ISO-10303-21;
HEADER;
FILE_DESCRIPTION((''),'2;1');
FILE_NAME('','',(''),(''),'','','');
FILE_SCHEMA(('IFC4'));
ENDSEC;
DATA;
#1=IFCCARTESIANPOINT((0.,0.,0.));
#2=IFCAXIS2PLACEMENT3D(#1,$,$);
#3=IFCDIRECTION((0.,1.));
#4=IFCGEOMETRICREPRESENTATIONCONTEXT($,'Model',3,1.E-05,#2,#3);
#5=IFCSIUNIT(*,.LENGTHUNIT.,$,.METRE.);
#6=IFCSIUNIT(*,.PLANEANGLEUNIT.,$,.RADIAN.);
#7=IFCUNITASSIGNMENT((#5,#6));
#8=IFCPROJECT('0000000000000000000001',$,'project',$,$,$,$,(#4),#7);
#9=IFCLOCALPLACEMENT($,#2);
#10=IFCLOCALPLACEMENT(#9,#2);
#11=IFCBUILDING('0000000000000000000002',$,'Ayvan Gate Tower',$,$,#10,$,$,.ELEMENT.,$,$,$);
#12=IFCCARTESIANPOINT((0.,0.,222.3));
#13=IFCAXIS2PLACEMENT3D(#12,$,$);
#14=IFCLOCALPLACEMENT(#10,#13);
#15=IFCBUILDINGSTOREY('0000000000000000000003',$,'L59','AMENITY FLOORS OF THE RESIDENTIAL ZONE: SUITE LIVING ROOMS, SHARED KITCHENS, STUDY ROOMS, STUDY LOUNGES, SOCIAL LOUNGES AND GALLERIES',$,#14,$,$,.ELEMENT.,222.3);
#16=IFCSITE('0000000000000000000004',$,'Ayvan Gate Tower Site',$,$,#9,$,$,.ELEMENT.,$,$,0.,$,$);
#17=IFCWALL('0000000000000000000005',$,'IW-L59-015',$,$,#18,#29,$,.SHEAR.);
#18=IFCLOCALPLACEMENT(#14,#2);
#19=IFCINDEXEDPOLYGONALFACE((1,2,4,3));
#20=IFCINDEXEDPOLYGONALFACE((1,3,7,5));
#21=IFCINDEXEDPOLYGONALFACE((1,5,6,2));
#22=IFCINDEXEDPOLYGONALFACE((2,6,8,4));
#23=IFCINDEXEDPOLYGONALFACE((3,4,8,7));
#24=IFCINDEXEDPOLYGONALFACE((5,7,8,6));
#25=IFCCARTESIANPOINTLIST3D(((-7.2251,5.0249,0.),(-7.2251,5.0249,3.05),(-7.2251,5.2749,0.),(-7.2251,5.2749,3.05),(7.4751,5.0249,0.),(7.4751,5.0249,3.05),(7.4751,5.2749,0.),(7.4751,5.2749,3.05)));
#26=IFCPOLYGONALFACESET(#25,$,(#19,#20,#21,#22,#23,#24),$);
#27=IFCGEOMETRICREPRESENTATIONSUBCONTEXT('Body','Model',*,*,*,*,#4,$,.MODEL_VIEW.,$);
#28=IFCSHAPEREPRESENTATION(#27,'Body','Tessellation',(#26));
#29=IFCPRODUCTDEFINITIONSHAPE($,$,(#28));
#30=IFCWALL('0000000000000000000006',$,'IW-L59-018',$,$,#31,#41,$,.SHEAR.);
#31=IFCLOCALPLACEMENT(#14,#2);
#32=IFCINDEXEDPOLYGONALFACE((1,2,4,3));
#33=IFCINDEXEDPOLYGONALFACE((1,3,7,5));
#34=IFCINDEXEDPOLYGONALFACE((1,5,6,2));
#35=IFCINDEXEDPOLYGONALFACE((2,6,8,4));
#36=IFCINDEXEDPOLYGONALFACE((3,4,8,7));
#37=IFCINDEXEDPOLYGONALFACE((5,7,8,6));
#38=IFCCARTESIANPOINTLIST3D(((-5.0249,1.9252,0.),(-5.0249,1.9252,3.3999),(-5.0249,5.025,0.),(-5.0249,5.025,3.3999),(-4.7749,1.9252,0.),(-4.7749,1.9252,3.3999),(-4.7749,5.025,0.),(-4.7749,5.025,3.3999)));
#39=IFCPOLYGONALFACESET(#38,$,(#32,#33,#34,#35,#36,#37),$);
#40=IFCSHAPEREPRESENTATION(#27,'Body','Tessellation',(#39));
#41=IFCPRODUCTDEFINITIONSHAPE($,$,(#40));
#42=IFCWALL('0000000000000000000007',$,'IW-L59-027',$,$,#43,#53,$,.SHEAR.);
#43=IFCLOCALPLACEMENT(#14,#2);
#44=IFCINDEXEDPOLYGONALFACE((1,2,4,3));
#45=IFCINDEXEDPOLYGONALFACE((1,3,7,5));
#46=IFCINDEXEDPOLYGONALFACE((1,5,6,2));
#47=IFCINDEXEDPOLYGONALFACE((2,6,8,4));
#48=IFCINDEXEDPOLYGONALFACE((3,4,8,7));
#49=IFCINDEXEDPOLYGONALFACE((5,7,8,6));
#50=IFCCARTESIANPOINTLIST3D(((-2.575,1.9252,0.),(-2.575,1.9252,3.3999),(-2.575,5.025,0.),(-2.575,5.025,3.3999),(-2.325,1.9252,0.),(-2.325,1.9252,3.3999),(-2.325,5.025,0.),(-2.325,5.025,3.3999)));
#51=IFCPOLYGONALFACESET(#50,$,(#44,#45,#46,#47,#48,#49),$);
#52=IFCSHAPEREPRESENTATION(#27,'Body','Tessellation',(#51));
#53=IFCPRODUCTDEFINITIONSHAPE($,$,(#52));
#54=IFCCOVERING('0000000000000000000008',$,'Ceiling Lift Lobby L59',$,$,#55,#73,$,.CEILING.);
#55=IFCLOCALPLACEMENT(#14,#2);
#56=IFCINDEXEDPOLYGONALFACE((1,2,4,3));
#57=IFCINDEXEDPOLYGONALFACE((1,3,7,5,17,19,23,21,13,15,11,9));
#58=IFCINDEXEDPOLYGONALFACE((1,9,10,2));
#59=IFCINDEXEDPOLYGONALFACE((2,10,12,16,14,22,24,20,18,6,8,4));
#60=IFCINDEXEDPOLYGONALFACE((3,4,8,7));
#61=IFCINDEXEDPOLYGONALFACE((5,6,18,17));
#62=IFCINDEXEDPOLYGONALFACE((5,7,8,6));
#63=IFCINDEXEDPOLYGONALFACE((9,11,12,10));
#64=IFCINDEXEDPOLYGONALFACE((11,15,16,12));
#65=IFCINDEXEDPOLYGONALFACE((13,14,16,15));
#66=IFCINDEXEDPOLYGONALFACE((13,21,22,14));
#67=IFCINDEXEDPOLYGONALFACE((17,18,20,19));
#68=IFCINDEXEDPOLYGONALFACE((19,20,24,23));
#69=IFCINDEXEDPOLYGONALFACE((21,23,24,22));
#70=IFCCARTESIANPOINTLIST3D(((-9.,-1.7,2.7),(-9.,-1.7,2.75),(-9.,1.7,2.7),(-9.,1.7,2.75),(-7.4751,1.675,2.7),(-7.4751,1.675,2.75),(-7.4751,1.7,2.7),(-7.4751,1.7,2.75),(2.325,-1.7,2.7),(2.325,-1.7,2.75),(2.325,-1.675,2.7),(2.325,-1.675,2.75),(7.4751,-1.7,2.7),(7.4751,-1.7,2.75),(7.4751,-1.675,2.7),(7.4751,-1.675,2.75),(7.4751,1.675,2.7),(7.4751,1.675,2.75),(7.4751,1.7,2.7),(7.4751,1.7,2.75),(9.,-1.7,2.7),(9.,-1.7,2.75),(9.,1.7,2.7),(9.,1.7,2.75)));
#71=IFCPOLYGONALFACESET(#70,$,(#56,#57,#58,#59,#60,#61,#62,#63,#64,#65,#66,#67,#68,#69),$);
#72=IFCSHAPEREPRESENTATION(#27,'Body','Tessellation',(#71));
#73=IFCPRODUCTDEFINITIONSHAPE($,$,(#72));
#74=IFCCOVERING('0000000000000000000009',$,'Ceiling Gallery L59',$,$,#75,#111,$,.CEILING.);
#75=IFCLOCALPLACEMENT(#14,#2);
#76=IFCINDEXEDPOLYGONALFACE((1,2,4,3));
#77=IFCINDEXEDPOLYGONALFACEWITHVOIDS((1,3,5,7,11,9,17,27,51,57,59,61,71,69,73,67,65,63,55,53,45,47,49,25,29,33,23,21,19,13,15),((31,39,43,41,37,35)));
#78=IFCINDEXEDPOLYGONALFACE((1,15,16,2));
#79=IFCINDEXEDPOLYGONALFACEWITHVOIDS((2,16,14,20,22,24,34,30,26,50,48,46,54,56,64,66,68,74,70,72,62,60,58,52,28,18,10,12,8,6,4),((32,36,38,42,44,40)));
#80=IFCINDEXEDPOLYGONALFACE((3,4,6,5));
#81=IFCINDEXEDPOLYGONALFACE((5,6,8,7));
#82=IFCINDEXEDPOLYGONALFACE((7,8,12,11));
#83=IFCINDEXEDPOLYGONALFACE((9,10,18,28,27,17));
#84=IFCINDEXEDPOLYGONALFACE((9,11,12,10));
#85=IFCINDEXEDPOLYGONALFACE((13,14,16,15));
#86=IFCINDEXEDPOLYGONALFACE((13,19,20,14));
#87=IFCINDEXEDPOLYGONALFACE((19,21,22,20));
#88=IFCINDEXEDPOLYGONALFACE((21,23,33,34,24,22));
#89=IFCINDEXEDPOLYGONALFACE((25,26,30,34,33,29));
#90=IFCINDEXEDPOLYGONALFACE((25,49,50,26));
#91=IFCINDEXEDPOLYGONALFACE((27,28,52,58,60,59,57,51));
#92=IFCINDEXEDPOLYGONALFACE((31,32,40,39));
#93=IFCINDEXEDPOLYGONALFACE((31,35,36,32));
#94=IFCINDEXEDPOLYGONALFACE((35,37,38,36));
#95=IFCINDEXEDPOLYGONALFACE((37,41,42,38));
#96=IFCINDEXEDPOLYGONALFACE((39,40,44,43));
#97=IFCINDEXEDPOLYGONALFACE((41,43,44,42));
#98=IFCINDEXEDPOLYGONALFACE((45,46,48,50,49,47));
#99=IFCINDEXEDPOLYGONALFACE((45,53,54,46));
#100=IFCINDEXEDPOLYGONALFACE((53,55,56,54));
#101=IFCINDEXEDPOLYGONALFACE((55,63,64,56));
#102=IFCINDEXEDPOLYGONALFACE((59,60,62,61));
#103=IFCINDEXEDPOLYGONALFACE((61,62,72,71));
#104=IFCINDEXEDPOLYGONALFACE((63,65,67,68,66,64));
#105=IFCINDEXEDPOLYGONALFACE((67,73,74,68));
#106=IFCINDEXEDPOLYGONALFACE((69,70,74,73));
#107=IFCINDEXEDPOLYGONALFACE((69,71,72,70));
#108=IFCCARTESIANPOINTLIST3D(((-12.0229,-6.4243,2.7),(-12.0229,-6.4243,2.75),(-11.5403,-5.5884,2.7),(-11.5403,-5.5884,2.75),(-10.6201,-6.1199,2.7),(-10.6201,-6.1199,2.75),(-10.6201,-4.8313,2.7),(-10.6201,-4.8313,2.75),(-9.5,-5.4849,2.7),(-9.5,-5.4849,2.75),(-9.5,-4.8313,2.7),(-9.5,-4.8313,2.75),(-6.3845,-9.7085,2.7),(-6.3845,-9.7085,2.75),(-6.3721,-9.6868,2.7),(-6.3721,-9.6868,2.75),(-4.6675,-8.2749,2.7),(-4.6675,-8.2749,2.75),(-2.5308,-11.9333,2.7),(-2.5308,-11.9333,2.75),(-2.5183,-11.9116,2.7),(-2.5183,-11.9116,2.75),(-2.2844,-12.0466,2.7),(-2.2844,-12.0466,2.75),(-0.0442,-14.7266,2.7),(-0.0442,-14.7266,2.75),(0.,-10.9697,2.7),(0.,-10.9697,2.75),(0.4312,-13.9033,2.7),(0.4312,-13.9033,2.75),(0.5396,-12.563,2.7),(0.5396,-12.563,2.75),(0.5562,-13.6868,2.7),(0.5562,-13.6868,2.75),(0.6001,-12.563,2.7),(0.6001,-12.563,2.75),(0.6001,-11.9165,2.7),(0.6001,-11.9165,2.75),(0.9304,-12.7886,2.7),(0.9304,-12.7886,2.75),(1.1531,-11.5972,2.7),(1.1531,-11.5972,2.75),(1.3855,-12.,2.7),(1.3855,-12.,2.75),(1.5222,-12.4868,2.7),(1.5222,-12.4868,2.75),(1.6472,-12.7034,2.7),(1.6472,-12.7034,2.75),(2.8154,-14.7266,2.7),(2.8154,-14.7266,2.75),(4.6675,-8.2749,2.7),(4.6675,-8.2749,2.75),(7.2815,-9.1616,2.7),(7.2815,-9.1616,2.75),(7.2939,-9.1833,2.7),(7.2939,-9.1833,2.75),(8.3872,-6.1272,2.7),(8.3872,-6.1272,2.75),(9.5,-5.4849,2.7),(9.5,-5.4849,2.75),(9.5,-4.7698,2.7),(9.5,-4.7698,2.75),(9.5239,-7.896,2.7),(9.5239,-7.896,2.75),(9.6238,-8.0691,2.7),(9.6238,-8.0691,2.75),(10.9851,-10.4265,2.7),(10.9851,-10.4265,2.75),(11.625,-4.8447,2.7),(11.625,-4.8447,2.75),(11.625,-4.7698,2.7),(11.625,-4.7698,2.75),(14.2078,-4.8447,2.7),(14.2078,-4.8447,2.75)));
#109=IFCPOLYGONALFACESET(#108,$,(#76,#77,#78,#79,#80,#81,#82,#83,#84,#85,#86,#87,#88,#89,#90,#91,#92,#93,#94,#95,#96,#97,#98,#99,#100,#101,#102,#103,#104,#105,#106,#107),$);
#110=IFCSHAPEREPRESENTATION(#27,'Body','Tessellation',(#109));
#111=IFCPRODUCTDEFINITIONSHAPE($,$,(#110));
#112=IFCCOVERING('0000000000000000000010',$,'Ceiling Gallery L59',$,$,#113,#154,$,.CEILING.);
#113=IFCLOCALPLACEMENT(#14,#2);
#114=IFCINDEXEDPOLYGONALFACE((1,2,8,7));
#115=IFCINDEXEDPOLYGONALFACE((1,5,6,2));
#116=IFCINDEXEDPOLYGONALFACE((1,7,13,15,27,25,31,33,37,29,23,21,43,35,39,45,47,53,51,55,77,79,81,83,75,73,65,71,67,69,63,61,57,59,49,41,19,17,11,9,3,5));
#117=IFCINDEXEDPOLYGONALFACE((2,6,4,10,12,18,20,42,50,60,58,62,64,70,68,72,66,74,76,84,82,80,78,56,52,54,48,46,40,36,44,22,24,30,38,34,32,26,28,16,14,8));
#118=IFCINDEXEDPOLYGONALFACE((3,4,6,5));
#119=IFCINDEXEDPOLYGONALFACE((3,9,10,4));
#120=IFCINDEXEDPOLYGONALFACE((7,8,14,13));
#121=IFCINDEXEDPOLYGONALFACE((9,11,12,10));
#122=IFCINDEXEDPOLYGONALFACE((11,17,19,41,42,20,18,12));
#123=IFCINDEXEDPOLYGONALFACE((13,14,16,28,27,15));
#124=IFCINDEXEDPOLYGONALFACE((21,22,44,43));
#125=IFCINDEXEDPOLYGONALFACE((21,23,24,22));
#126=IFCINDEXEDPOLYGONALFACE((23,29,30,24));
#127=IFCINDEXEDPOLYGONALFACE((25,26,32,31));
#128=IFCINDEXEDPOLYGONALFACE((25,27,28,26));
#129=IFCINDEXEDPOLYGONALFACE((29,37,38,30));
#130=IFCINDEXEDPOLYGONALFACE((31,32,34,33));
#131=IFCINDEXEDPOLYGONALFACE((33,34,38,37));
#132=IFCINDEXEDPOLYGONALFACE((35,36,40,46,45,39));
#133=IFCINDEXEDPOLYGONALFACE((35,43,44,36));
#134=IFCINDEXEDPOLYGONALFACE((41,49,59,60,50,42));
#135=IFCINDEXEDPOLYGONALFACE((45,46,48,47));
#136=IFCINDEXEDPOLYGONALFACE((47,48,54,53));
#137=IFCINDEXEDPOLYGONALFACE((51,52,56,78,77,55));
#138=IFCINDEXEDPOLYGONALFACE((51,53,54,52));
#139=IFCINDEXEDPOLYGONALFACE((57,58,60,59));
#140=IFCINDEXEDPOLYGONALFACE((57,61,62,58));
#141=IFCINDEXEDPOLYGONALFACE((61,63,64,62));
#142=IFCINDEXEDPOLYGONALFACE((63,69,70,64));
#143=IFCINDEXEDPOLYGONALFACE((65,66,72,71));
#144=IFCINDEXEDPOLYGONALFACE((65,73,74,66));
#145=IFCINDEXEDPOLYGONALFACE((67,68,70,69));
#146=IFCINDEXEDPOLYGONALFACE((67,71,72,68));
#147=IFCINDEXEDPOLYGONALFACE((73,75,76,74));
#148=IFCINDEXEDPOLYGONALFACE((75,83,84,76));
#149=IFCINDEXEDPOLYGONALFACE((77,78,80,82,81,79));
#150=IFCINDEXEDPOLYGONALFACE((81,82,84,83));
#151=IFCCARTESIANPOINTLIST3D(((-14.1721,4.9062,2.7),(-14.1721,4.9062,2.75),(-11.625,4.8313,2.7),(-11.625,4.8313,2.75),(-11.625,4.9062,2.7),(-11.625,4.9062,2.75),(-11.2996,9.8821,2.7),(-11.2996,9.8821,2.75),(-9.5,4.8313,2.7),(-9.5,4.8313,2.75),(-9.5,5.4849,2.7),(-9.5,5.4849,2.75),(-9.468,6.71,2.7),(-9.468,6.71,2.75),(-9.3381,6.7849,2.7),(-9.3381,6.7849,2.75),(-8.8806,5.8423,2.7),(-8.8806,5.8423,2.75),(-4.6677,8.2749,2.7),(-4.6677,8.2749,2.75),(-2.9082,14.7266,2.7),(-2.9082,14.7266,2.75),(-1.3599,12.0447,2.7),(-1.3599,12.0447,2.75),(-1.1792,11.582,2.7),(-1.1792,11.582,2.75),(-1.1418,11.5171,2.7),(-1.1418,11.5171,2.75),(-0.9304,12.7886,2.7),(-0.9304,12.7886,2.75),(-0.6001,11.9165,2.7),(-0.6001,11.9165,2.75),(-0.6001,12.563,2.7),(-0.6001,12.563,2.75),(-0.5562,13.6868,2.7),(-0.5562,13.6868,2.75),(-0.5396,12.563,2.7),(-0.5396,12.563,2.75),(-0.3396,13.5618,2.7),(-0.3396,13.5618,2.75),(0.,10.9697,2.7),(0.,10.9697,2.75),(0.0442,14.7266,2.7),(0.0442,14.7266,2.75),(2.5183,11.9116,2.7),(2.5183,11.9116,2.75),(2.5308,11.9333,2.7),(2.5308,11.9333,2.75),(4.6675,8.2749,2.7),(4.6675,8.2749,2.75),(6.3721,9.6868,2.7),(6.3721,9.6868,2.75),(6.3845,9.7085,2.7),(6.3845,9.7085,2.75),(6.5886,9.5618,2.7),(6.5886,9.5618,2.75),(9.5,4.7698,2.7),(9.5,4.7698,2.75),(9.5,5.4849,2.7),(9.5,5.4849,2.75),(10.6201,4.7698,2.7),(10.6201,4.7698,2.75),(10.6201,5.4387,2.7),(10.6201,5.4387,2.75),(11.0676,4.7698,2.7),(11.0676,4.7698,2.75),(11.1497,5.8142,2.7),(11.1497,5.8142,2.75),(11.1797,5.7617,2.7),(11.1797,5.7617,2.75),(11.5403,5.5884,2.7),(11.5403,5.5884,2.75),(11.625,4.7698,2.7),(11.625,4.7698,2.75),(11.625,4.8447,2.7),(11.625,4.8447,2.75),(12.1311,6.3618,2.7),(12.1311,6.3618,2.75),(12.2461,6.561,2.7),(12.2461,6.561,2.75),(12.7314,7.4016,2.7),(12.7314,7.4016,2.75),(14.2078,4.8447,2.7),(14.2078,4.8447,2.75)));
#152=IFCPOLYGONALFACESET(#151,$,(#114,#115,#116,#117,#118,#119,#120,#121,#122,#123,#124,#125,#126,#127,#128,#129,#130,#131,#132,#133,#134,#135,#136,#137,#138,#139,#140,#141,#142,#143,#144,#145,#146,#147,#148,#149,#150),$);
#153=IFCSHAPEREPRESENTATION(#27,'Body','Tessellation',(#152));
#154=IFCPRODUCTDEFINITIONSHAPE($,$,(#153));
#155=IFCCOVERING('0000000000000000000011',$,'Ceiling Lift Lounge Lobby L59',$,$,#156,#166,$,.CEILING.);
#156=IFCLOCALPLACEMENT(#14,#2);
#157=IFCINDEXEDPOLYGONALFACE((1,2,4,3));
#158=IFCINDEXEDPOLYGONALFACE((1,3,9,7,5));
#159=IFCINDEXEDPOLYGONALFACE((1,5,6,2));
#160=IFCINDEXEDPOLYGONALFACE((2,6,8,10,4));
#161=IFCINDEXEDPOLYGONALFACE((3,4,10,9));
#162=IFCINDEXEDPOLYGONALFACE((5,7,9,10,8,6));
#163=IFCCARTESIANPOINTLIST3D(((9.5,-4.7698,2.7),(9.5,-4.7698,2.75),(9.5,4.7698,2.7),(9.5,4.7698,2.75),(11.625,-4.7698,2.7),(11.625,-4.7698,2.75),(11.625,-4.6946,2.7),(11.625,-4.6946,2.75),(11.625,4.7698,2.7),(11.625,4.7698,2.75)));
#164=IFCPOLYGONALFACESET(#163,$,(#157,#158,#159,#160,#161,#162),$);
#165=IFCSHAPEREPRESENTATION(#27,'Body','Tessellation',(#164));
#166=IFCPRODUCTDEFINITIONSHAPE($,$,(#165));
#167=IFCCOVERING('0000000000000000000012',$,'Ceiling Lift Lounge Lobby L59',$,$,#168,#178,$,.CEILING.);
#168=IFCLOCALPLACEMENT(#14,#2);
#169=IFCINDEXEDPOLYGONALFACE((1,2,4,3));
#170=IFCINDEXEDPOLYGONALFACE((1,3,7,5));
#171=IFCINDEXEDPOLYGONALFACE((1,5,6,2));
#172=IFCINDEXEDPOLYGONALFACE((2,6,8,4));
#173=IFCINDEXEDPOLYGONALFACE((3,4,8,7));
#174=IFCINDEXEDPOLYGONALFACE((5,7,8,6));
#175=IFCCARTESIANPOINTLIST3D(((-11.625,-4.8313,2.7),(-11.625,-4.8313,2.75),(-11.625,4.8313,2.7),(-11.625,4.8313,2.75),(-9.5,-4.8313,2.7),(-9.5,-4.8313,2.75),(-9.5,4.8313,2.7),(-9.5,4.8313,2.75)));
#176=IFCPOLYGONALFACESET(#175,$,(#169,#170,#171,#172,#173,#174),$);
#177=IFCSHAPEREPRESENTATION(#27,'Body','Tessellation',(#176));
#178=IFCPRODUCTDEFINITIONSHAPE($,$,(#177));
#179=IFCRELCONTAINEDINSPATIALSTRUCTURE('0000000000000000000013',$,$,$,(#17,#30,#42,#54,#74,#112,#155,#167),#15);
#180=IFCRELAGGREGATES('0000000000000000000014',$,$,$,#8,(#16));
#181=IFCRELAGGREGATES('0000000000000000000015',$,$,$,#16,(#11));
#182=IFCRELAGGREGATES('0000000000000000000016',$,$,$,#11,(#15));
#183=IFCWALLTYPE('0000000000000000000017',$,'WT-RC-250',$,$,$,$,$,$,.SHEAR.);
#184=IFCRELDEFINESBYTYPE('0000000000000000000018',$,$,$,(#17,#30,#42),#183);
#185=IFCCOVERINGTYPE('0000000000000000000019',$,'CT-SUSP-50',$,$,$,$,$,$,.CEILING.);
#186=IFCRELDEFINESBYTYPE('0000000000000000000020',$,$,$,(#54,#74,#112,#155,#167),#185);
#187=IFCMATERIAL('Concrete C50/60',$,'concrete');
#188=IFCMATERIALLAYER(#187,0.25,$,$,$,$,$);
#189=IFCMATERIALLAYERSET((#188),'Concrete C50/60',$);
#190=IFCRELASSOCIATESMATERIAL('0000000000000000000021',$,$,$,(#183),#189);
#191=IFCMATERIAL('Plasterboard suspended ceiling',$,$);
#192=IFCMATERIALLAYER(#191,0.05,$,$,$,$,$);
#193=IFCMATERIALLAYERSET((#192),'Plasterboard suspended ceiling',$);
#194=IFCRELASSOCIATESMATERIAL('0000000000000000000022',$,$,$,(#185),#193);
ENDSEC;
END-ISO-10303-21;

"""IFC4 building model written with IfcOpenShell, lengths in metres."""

from ifc_helpers import new_model, si_unit, direction, frame, frame_2d, origin, place, context, subcontext, project, spatial, polyline, rectangle, outline, extrude, material, layer, layer_set, type_object, element, save


model = new_model("IFC4")

# Units and contexts
model_context = context("Model", 3, precision=1e-05, world=origin(), true_north=direction((0.0, 1.0)))
body_context = subcontext(model_context, "Body", "Model", "MODEL_VIEW")
ifc_project = project(units=[si_unit("LENGTHUNIT", "METRE"), si_unit("PLANEANGLEUNIT", "RADIAN")], contexts=[model_context])

# Site, building, storey
site_placement = place(None, origin())
site = spatial("IfcSite", under=ifc_project, at=site_placement, Name="Ayvan Gate Tower Site", CompositionType="ELEMENT", RefElevation=0.0)
building_placement = place(site_placement, origin())
building = spatial("IfcBuilding", under=site, at=building_placement, Name="Ayvan Gate Tower", CompositionType="ELEMENT")
storey_placement = place(building_placement, frame((0.0, 0.0, 222.3)))
storey = spatial("IfcBuildingStorey", under=building, at=storey_placement, Name="L59", Description="AMENITY FLOORS OF THE RESIDENTIAL ZONE: SUITE LIVING ROOMS, SHARED KITCHENS, STUDY ROOMS, STUDY LOUNGES, SOCIAL LOUNGES AND GALLERIES", CompositionType="ELEMENT", Elevation=222.3)

# Shared definitions
ifc_material_1 = material(Name="Concrete C50/60", Category="concrete")
ifc_layer_1 = layer(ifc_material_1, 0.25)
ifc_layer_set_1 = layer_set([ifc_layer_1], Name="Concrete C50/60")
wall_type_1 = type_object("IfcWallType", Name="WT-RC-250", PredefinedType="SHEAR", material=ifc_layer_set_1)

# Walls
wall_1_placement = place(storey_placement, frame((-7.2251, 5.1499, 0.0), z_axis=(0.0, 0.0, 1.0), x_axis=(1.0, 0.0, 0.0)))
element("IfcWall", 1, at=wall_1_placement, inside=storey, type_object=wall_type_1, Name="IW-L59-015", PredefinedType="SHEAR", context=body_context, shape_type="SweptSolid", body=[
    extrude(rectangle(XDim=14.7002, YDim=0.25, at=frame_2d((7.3501, 0.0))), origin(), (0.0, 0.0, 1.0), 3.05),
])
for number, where, z_axis, x_axis, name in (
    (2, (-4.8999, 5.0249, 0.0), (0.0, 0.0, 1.0), (0.0, -1.0, 0.0), "IW-L59-018"),
    (3, (-2.45, 5.0249, 0.0), (0.0, 0.0, 1.0), (0.0, -1.0, 0.0), "IW-L59-027"),
):
    element("IfcWall", number, at=place(storey_placement, frame(where, z_axis=z_axis, x_axis=x_axis)), inside=storey, type_object=wall_type_1, Name=name, PredefinedType="SHEAR", context=body_context, shape_type="SweptSolid", body=[
        extrude(rectangle(XDim=3.0999, YDim=0.25, at=frame_2d((1.5498, 0.0))), origin(), (0.0, 0.0, 1.0), 3.3999),
    ])

# Coverings
ifc_material_2 = material(Name="Plasterboard suspended ceiling")
ifc_layer_2 = layer(ifc_material_2, 0.05)
ifc_layer_set_2 = layer_set([ifc_layer_2], Name="Plasterboard suspended ceiling")
covering_type = type_object("IfcCoveringType", Name="CT-SUSP-50", PredefinedType="CEILING", material=ifc_layer_set_2)
covering_1_placement = place(storey_placement, frame((0.0, 0.0, 2.7)))
element("IfcCovering", 4, at=covering_1_placement, inside=storey, type_object=covering_type, Name="Ceiling Lift Lobby L59", PredefinedType="CEILING", context=body_context, shape_type="SweptSolid", body=[
    extrude(outline(polyline([(7.4751, -1.675), (2.325, -1.675), (2.325, -1.7), (-9.0, -1.7), (-9.0, 1.7), (-7.4751, 1.7), (-7.4751, 1.675), (7.4751, 1.675), (7.4751, 1.7), (9.0, 1.7), (9.0, -1.7), (7.4751, -1.7), (7.4751, -1.675)])), origin(), (0.0, 0.0, 1.0), 0.05),
])
covering_2_placement = place(storey_placement, frame((0.0, 0.0, 2.7)))
element("IfcCovering", 5, at=covering_2_placement, inside=storey, type_object=covering_type, Name="Ceiling Gallery L59", PredefinedType="CEILING", context=body_context, shape_type="SweptSolid", body=[
    extrude(outline(polyline([(-4.6675, -8.2749), (0.0, -10.9697), (4.6675, -8.2749), (8.3872, -6.1272), (9.5, -5.4849), (9.5, -4.7698), (11.625, -4.7698), (11.625, -4.8447), (14.2078, -4.8447), (10.9851, -10.4265), (9.6238, -8.0691), (9.5239, -7.896), (7.2939, -9.1833), (7.2815, -9.1616), (1.5222, -12.4868), (1.6472, -12.7034), (2.8154, -14.7266), (-0.0442, -14.7266), (0.4312, -13.9033), (0.5562, -13.6868), (-2.2844, -12.0466), (-2.5183, -11.9116), (-2.5308, -11.9333), (-6.3845, -9.7085), (-6.3721, -9.6868), (-12.0229, -6.4243), (-11.5403, -5.5884), (-10.6201, -6.1199), (-10.6201, -4.8313), (-9.5, -4.8313), (-9.5, -5.4849), (-4.6675, -8.2749)]), holes=[polyline([(1.1531, -11.5972), (0.6001, -11.9165), (0.6001, -12.563), (0.5396, -12.563), (0.9304, -12.7886), (1.3855, -12.0), (1.1531, -11.5972)])]), origin(), (0.0, 0.0, 1.0), 0.05),
])
covering_3_placement = place(storey_placement, frame((0.0, 0.0, 2.7)))
element("IfcCovering", 6, at=covering_3_placement, inside=storey, type_object=covering_type, Name="Ceiling Gallery L59", PredefinedType="CEILING", context=body_context, shape_type="SweptSolid", body=[
    extrude(outline(polyline([(-0.5396, 12.563), (-0.9304, 12.7886), (-1.3599, 12.0447), (-2.9082, 14.7266), (0.0442, 14.7266), (-0.5562, 13.6868), (-0.3396, 13.5618), (2.5183, 11.9116), (2.5308, 11.9333), (6.3845, 9.7085), (6.3721, 9.6868), (6.5886, 9.5618), (12.1311, 6.3618), (12.2461, 6.561), (12.7314, 7.4016), (14.2078, 4.8447), (11.625, 4.8447), (11.625, 4.7698), (11.0676, 4.7698), (11.5403, 5.5884), (11.1497, 5.8142), (11.1797, 5.7617), (10.6201, 5.4387), (10.6201, 4.7698), (9.5, 4.7698), (9.5, 5.4849), (4.6675, 8.2749), (0.0, 10.9697), (-4.6677, 8.2749), (-8.8806, 5.8423), (-9.5, 5.4849), (-9.5, 4.8313), (-11.625, 4.8313), (-11.625, 4.9062), (-14.1721, 4.9062), (-11.2996, 9.8821), (-9.468, 6.71), (-9.3381, 6.7849), (-1.1418, 11.5171), (-1.1792, 11.582), (-0.6001, 11.9165), (-0.6001, 12.563), (-0.5396, 12.563)])), origin(), (0.0, 0.0, 1.0), 0.05),
])
covering_4_placement = place(storey_placement, frame((0.0, 0.0, 2.7)))
element("IfcCovering", 7, at=covering_4_placement, inside=storey, type_object=covering_type, Name="Ceiling Lift Lounge Lobby L59", PredefinedType="CEILING", context=body_context, shape_type="SweptSolid", body=[
    extrude(outline(polyline([(11.625, -4.7698), (9.5, -4.7698), (9.5, 4.7698), (11.625, 4.7698), (11.625, -4.6946), (11.625, -4.6946), (11.625, -4.7698)])), origin(), (0.0, 0.0, 1.0), 0.05),
])
covering_5_placement = place(storey_placement, frame((0.0, 0.0, 2.7)))
element("IfcCovering", 8, at=covering_5_placement, inside=storey, type_object=covering_type, Name="Ceiling Lift Lounge Lobby L59", PredefinedType="CEILING", context=body_context, shape_type="SweptSolid", body=[
    extrude(outline(polyline([(-11.625, 4.8313), (-9.5, 4.8313), (-9.5, -4.8313), (-11.625, -4.8313), (-11.625, 4.8313)])), origin(), (0.0, 0.0, 1.0), 0.05),
])

save(model, "model.ifc")
